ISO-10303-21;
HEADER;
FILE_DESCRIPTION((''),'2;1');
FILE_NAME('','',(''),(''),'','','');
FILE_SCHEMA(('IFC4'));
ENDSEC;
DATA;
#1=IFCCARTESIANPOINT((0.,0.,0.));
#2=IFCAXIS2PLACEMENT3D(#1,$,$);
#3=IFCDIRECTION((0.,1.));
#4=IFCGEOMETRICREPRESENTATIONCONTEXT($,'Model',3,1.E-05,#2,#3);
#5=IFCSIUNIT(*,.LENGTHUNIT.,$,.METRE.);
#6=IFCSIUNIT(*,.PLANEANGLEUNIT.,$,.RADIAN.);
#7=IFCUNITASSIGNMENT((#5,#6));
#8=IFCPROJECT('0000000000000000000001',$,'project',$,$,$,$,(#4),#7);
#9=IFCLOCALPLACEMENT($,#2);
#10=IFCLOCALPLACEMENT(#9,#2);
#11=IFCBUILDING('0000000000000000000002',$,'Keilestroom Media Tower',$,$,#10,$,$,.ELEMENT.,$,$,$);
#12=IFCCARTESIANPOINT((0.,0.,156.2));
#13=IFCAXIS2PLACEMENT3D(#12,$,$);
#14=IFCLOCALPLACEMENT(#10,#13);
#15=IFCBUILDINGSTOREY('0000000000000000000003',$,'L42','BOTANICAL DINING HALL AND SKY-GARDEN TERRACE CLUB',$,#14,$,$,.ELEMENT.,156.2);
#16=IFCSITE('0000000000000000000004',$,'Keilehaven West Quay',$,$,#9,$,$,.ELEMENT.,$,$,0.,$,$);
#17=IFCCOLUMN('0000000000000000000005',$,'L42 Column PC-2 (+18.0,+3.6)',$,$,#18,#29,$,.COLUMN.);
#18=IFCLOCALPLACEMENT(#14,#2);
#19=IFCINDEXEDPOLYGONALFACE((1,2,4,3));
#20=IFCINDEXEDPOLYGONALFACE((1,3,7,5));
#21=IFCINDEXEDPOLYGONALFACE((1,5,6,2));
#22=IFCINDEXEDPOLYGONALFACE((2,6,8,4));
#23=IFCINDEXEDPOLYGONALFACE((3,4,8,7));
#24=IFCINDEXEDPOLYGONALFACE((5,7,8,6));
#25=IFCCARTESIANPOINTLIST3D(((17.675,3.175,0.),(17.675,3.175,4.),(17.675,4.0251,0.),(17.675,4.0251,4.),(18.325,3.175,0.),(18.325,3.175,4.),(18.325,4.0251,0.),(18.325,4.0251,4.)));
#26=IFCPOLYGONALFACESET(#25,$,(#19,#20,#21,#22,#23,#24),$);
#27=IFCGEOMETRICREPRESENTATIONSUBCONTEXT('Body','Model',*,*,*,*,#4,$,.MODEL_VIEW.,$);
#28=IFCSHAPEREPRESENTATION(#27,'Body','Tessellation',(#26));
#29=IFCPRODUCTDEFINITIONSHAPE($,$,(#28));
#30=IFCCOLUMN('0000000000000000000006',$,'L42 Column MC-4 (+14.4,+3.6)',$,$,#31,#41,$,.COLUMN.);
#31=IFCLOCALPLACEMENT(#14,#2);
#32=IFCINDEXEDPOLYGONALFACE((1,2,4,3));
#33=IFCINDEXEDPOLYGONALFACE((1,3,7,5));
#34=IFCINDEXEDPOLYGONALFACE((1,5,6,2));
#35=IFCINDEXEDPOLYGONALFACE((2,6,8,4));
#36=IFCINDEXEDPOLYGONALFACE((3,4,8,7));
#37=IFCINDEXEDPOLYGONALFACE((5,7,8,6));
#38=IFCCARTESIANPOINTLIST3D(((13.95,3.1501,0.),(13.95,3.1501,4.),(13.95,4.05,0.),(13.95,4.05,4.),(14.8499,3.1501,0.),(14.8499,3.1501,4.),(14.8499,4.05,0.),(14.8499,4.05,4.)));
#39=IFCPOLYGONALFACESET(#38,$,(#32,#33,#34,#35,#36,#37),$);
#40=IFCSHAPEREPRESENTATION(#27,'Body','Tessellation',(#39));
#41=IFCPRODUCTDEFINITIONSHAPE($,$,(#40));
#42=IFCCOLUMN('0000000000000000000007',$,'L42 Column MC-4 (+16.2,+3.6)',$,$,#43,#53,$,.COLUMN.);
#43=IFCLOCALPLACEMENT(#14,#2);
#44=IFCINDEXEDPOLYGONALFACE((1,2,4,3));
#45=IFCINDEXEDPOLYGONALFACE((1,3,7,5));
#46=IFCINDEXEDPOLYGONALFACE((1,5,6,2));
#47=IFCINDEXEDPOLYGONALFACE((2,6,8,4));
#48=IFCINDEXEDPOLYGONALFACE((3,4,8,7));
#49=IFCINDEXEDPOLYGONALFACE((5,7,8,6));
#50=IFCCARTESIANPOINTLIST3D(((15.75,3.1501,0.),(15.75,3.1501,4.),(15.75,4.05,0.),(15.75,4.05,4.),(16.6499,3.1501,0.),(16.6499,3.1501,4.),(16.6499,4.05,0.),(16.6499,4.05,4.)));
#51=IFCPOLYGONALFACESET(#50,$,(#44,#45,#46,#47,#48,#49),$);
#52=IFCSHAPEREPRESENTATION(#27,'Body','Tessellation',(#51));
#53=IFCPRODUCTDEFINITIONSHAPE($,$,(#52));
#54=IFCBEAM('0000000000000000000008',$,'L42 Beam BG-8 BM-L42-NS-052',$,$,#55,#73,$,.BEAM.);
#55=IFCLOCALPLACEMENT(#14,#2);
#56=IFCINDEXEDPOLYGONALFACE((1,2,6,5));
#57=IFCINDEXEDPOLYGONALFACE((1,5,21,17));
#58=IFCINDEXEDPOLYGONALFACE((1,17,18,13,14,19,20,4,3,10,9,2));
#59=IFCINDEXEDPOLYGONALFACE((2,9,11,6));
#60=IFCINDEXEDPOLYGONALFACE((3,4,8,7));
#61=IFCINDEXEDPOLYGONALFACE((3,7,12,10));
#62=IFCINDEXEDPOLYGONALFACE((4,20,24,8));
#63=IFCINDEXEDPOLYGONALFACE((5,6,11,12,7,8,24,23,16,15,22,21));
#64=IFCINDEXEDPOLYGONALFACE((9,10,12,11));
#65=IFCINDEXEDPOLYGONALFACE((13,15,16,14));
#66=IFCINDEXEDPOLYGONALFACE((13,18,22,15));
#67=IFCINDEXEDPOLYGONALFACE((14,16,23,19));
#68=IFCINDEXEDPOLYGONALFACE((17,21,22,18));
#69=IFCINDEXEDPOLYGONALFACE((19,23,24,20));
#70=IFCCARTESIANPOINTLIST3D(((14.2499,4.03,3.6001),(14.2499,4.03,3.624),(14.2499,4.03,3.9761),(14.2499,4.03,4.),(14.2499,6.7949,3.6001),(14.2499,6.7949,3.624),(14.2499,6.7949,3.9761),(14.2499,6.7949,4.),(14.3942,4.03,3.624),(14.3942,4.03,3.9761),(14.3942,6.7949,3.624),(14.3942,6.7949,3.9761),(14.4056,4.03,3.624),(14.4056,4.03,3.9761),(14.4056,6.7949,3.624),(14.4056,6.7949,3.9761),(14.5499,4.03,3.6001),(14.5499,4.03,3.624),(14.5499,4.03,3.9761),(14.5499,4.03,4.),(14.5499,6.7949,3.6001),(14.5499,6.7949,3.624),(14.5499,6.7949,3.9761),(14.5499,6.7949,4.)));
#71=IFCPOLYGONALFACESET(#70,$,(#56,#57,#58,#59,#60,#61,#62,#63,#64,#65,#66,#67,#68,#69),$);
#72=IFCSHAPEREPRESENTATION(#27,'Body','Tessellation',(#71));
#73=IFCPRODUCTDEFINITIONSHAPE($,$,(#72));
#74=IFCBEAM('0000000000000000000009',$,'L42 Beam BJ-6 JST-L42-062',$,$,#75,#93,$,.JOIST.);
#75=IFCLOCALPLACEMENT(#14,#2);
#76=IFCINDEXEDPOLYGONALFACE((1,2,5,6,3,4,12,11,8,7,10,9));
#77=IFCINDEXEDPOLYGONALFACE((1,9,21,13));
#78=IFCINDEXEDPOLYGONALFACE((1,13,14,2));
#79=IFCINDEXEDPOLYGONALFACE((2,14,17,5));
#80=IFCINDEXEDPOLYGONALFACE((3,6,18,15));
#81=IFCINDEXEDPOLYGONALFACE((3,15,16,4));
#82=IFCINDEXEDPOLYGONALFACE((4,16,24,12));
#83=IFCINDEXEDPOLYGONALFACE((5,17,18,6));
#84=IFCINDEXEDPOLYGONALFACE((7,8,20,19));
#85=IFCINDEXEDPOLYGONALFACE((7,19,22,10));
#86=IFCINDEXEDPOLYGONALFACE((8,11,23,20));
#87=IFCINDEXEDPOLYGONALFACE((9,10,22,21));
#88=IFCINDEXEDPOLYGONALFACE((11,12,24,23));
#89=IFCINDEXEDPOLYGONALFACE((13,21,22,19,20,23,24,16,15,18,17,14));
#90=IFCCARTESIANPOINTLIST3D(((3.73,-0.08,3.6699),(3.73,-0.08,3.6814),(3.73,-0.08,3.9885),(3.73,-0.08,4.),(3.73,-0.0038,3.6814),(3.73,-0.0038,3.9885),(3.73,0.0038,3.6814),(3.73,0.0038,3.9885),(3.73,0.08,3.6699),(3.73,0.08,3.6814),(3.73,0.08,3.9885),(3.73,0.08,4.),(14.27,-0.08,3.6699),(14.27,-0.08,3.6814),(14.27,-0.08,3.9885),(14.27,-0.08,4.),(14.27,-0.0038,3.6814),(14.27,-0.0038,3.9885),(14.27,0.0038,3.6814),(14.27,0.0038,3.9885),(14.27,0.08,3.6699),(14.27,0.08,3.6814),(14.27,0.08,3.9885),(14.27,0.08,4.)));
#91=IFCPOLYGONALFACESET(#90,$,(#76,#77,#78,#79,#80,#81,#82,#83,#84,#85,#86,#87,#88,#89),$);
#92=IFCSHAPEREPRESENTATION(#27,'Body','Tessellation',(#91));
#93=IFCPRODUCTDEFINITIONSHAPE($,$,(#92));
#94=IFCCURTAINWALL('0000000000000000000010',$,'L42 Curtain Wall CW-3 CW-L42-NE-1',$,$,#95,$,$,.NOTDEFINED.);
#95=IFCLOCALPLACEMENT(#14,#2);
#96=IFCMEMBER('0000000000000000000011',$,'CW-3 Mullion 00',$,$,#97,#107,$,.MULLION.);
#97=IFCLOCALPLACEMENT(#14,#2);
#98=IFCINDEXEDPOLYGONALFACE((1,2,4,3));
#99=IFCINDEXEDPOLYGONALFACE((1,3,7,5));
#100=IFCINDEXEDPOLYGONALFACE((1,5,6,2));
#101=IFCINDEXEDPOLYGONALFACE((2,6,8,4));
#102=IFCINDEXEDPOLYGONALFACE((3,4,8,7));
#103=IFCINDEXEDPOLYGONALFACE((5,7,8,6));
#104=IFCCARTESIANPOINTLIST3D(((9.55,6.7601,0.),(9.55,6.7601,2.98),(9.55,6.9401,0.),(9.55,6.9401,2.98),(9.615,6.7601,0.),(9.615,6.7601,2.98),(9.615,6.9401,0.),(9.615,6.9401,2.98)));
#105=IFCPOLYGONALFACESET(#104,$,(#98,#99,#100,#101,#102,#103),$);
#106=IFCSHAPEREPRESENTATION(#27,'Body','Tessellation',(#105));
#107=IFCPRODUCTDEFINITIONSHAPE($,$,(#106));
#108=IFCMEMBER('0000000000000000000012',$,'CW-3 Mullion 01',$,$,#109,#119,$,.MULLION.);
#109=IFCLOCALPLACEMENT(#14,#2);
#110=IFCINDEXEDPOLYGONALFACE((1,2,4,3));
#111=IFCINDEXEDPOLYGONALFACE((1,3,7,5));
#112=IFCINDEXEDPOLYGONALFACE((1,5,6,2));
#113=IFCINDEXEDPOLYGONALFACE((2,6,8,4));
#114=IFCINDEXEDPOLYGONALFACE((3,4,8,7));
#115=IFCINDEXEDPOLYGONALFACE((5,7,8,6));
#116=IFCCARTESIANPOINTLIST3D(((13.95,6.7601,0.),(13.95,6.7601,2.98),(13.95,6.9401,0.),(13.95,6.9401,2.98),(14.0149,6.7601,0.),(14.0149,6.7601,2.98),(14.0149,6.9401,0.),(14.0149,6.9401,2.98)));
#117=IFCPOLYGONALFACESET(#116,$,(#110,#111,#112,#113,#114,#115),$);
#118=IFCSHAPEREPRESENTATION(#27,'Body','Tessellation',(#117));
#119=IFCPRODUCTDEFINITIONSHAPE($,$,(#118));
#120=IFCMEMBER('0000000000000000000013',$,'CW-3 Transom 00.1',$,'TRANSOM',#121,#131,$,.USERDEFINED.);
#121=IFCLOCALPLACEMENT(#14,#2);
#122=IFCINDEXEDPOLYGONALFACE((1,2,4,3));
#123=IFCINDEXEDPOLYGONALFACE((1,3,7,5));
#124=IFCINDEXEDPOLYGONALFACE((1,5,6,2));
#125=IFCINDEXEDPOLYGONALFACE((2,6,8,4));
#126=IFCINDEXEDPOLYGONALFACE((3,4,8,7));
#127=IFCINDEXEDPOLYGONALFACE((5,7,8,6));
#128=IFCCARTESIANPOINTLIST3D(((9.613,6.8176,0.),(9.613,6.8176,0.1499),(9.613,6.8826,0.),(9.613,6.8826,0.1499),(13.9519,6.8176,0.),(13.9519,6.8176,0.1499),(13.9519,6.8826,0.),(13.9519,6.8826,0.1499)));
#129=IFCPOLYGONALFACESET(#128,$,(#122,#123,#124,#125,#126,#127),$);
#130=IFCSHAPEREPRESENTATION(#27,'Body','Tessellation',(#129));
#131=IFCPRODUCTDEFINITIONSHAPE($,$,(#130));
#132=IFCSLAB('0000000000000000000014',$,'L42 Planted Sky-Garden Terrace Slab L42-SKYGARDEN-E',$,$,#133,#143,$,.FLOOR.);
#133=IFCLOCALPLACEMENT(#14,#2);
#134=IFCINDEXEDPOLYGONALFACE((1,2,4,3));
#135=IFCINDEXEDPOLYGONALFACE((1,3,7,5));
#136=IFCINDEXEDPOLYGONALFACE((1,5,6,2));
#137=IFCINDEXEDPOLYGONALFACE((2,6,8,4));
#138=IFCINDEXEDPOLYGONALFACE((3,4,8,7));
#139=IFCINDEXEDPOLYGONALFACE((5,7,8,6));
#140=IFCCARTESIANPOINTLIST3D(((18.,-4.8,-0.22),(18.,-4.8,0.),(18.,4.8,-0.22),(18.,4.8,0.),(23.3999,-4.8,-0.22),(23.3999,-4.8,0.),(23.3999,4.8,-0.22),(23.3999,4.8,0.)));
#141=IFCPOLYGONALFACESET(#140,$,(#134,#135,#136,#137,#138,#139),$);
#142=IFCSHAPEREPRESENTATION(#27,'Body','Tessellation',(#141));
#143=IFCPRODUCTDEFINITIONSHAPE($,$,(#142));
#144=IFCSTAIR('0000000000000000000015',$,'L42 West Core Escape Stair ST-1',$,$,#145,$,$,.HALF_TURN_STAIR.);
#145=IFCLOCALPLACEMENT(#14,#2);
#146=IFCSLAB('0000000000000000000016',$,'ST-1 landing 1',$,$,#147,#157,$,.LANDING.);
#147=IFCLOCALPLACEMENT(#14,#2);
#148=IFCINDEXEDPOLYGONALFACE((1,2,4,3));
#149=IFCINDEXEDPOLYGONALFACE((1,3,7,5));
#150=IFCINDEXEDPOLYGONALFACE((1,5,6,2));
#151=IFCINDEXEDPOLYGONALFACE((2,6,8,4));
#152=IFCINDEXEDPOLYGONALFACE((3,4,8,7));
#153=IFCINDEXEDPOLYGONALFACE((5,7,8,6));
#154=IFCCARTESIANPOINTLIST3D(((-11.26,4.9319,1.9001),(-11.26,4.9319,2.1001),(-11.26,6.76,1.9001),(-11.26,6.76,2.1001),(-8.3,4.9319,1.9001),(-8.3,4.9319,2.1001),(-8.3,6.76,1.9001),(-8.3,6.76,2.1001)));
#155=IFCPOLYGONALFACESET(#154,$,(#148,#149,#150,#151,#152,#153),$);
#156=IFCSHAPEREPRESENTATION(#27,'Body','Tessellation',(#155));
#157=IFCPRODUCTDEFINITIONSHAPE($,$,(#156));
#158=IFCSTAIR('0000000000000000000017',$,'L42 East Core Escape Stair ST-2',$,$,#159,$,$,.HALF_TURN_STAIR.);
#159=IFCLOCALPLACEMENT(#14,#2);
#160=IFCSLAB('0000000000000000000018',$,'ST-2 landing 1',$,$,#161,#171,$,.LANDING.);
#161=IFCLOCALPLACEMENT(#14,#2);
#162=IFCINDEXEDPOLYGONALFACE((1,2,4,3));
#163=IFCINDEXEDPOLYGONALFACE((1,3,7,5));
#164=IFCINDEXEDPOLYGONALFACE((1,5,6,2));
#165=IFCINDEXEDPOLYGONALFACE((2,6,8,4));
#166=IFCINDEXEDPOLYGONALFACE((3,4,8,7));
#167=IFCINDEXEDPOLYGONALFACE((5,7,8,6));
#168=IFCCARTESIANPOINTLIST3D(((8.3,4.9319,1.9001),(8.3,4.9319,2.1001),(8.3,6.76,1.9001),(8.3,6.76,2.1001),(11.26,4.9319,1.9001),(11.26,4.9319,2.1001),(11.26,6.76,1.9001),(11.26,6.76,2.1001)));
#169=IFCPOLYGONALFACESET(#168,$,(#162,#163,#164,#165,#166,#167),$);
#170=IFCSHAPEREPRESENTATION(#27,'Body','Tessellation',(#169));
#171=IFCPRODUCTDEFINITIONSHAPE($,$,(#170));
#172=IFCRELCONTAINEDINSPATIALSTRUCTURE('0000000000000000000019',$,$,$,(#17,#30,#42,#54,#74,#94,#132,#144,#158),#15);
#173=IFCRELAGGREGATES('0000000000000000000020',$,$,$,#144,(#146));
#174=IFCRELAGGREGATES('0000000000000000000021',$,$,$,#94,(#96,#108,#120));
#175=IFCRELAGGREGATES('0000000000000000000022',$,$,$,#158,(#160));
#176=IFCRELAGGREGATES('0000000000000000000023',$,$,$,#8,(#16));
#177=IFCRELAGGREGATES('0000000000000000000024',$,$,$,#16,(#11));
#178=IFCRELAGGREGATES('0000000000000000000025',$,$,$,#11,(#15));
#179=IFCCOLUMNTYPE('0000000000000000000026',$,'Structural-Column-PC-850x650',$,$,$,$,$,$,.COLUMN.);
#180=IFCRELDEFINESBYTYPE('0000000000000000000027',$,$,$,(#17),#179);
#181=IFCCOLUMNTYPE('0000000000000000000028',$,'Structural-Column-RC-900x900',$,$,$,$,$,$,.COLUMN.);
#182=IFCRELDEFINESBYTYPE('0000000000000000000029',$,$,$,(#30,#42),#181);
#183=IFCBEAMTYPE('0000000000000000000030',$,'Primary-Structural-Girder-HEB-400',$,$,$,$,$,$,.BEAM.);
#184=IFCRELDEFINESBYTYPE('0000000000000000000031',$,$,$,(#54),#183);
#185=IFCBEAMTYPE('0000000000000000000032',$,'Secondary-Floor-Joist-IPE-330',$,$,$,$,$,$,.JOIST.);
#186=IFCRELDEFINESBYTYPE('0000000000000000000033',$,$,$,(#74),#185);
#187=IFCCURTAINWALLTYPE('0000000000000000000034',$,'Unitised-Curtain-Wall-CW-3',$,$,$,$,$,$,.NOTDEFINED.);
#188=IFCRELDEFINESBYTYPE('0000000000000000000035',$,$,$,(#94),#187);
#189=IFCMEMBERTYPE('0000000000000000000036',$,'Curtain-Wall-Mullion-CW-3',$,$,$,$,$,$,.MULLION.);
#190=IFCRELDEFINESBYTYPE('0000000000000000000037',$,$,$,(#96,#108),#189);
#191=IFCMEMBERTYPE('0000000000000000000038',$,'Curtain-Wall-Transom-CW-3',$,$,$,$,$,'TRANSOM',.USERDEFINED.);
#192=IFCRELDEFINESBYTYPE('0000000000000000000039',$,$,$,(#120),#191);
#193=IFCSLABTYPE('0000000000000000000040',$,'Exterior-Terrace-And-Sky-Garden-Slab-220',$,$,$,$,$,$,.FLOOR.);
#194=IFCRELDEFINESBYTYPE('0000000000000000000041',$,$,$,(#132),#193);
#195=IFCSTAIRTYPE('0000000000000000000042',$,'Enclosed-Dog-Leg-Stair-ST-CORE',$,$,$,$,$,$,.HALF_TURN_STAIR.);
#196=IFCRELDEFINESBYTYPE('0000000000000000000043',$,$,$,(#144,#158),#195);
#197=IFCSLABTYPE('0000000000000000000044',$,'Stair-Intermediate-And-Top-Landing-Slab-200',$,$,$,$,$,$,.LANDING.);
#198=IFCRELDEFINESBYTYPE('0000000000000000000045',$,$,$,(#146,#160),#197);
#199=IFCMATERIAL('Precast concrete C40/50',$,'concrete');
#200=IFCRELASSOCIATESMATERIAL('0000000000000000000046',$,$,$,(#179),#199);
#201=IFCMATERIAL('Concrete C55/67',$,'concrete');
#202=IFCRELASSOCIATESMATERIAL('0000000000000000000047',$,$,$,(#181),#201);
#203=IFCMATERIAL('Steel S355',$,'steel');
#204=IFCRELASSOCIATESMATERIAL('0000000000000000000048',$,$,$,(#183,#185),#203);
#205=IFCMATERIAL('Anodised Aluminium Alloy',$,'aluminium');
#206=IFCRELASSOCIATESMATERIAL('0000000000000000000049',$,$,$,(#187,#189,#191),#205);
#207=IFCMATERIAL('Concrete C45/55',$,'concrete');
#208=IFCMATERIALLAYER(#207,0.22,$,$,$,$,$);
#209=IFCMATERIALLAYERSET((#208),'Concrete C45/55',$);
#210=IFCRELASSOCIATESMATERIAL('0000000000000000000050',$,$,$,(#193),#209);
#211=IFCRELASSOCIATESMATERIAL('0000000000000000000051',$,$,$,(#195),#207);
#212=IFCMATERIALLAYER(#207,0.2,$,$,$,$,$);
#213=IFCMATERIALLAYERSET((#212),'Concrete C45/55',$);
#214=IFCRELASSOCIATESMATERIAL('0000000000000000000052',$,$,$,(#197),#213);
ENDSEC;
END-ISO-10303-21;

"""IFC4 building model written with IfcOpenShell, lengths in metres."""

from ifc_helpers import new_model, si_unit, direction, frame, origin, origin_2d, place, context, subcontext, project, spatial, polyline, rectangle, i_section, outline, extrude, source, transform, mapped, material, layer, layer_set, material_profile, profile_set, type_object, element, aggregate, save


model = new_model("IFC4")

# Units and contexts
model_context = context("Model", 3, precision=1e-05, world=origin(), true_north=direction((0.0, 1.0)))
body_context = subcontext(model_context, "Body", "Model", "MODEL_VIEW")
ifc_project = project(units=[si_unit("LENGTHUNIT", "METRE"), si_unit("PLANEANGLEUNIT", "RADIAN")], contexts=[model_context])

# Site, building, storey
site_placement = place(None, origin())
site = spatial("IfcSite", under=ifc_project, at=site_placement, Name="Keilehaven West Quay", CompositionType="ELEMENT", RefElevation=0.0)
building_placement = place(site_placement, origin())
building = spatial("IfcBuilding", under=site, at=building_placement, Name="Keilestroom Media Tower", CompositionType="ELEMENT")
storey_placement = place(building_placement, frame((0.0, 0.0, 156.2)))
storey = spatial("IfcBuildingStorey", under=building, at=storey_placement, Name="L42", Description="BOTANICAL DINING HALL AND SKY-GARDEN TERRACE CLUB", CompositionType="ELEMENT", Elevation=156.2)

# Columns
ifc_material_1 = material(Name="Precast concrete C40/50", Category="concrete")
ifc_material_profile_1 = material_profile(ifc_material_1, rectangle(XDim=0.6499, YDim=0.8501, at=origin_2d()), Name="PC 850x650")
ifc_profile_set_1 = profile_set([ifc_material_profile_1], Name="Precast concrete C40/50")
column_type_1 = type_object("IfcColumnType", Name="Structural-Column-PC-850x650", PredefinedType="COLUMN", material=ifc_profile_set_1)
shared_shape_1 = source(origin(), body_context, "Body", "SweptSolid", [
    extrude(rectangle(XDim=0.6499, YDim=0.8501, at=origin_2d()), origin(), (0.0, 0.0, 1.0), 4.0),
])
column_placement = place(storey_placement, frame((18.0, 3.6001, 0.0), z_axis=(0.0, 0.0, 1.0), x_axis=(1.0, 0.0, 0.0)))
element("IfcColumn", 1, at=column_placement, inside=storey, type_object=column_type_1, Name="L42 Column PC-2 (+18.0,+3.6)", PredefinedType="COLUMN", context=body_context, shape_type="MappedRepresentation", body=[
    mapped(shared_shape_1, transform((0.0, 0.0, 0.0), x_axis=(1.0, 0.0, 0.0), y_axis=(0.0, 1.0, 0.0), z_axis=(0.0, 0.0, 1.0), scale=1.0)),
])
ifc_material_2 = material(Name="Concrete C55/67", Category="concrete")
ifc_material_profile_2 = material_profile(ifc_material_2, rectangle(XDim=0.8999, YDim=0.8999, at=origin_2d()), Name="RC 900x900")
ifc_profile_set_2 = profile_set([ifc_material_profile_2], Name="Concrete C55/67")
column_type_2 = type_object("IfcColumnType", Name="Structural-Column-RC-900x900", PredefinedType="COLUMN", material=ifc_profile_set_2)
shared_shape_2 = source(origin(), body_context, "Body", "SweptSolid", [
    extrude(rectangle(XDim=0.8999, YDim=0.8999, at=origin_2d()), origin(), (0.0, 0.0, 1.0), 4.0),
])
for number, where, z_axis, x_axis, name in (
    (2, (14.3999, 3.6001, 0.0), (0.0, 0.0, 1.0), (1.0, 0.0, 0.0), "L42 Column MC-4 (+14.4,+3.6)"),
    (3, (16.2, 3.6001, 0.0), (0.0, 0.0, 1.0), (1.0, 0.0, 0.0), "L42 Column MC-4 (+16.2,+3.6)"),
):
    element("IfcColumn", number, at=place(storey_placement, frame(where, z_axis=z_axis, x_axis=x_axis)), inside=storey, type_object=column_type_2, Name=name, PredefinedType="COLUMN", context=body_context, shape_type="MappedRepresentation", body=[
        mapped(shared_shape_2, transform((0.0, 0.0, 0.0), x_axis=(1.0, 0.0, 0.0), y_axis=(0.0, 1.0, 0.0), z_axis=(0.0, 0.0, 1.0), scale=1.0)),
    ])

# Beams
ifc_material_3 = material(Name="Steel S355", Category="steel")
ifc_material_profile_3 = material_profile(ifc_material_3, i_section(OverallWidth=0.3, OverallDepth=0.3999, WebThickness=0.0115, FlangeThickness=0.0239, at=origin_2d()), Name="HEB 400")
ifc_profile_set_3 = profile_set([ifc_material_profile_3], Name="Steel S355")
beam_type_1 = type_object("IfcBeamType", Name="Primary-Structural-Girder-HEB-400", PredefinedType="BEAM", material=ifc_profile_set_3)
shared_shape_3 = source(origin(), body_context, "Body", "SweptSolid", [
    extrude(i_section(OverallWidth=0.3, OverallDepth=0.3999, WebThickness=0.0115, FlangeThickness=0.0239, at=origin_2d()), origin(), (0.0, 0.0, 1.0), 2.7649),
])
beam_1_placement = place(storey_placement, frame((14.3999, 4.03, 3.8), z_axis=(0.0, 1.0, 0.0), x_axis=(-1.0, 0.0, 0.0)))
element("IfcBeam", 4, at=beam_1_placement, inside=storey, type_object=beam_type_1, Name="L42 Beam BG-8 BM-L42-NS-052", PredefinedType="BEAM", context=body_context, shape_type="MappedRepresentation", body=[
    mapped(shared_shape_3, transform((0.0, 0.0, 0.0), x_axis=(1.0, 0.0, 0.0), y_axis=(0.0, 1.0, 0.0), z_axis=(0.0, 0.0, 1.0), scale=1.0)),
])
ifc_material_profile_4 = material_profile(ifc_material_3, i_section(OverallWidth=0.1599, OverallDepth=0.3301, WebThickness=0.0076, FlangeThickness=0.0115, at=origin_2d()), Name="IPE 330")
ifc_profile_set_4 = profile_set([ifc_material_profile_4], Name="Steel S355")
beam_type_2 = type_object("IfcBeamType", Name="Secondary-Floor-Joist-IPE-330", PredefinedType="JOIST", material=ifc_profile_set_4)
shared_shape_4 = source(origin(), body_context, "Body", "SweptSolid", [
    extrude(i_section(OverallWidth=0.1599, OverallDepth=0.3301, WebThickness=0.0076, FlangeThickness=0.0115, at=origin_2d()), origin(), (0.0, 0.0, 1.0), 10.54),
])
beam_2_placement = place(storey_placement, frame((3.73, 0.0, 3.835), z_axis=(1.0, 0.0, 0.0), x_axis=(0.0, 1.0, 0.0)))
element("IfcBeam", 5, at=beam_2_placement, inside=storey, type_object=beam_type_2, Name="L42 Beam BJ-6 JST-L42-062", PredefinedType="JOIST", context=body_context, shape_type="MappedRepresentation", body=[
    mapped(shared_shape_4, transform((0.0, 0.0, 0.0), x_axis=(1.0, 0.0, 0.0), y_axis=(0.0, 1.0, 0.0), z_axis=(0.0, 0.0, 1.0), scale=1.0)),
])

# Curtain wall, members
ifc_material_4 = material(Name="Anodised Aluminium Alloy", Category="aluminium")
curtain_wall_type = type_object("IfcCurtainWallType", Name="Unitised-Curtain-Wall-CW-3", PredefinedType="NOTDEFINED", material=ifc_material_4)
curtain_wall_placement = place(storey_placement, origin())
curtain_wall = element("IfcCurtainWall", 6, at=curtain_wall_placement, inside=storey, type_object=curtain_wall_type, Name="L42 Curtain Wall CW-3 CW-L42-NE-1", PredefinedType="NOTDEFINED")
ifc_material_profile_5 = material_profile(ifc_material_4, rectangle(XDim=0.0649, YDim=0.1799, at=origin_2d()), Name="ALU MULLION 65x180")
ifc_profile_set_5 = profile_set([ifc_material_profile_5], Name="Anodised Aluminium Alloy")
member_type_1 = type_object("IfcMemberType", Name="Curtain-Wall-Mullion-CW-3", PredefinedType="MULLION", material=ifc_profile_set_5)
shared_shape_5 = source(origin(), body_context, "Body", "SweptSolid", [
    extrude(rectangle(XDim=0.0649, YDim=0.1799, at=origin_2d()), origin(), (0.0, 0.0, 1.0), 2.98),
])
member_1_placement = place(storey_placement, frame((9.5825, 6.8501, 0.0), z_axis=(0.0, 0.0, 1.0), x_axis=(1.0, 0.0, 0.0)))
member_1 = element("IfcMember", 7, at=member_1_placement, type_object=member_type_1, Name="CW-3 Mullion 00", PredefinedType="MULLION", context=body_context, shape_type="MappedRepresentation", body=[
    mapped(shared_shape_5, transform((0.0, 0.0, 0.0), x_axis=(1.0, 0.0, 0.0), y_axis=(0.0, 1.0, 0.0), z_axis=(0.0, 0.0, 1.0), scale=1.0)),
])
member_2_placement = place(storey_placement, frame((13.9824, 6.8501, 0.0), z_axis=(0.0, 0.0, 1.0), x_axis=(1.0, 0.0, 0.0)))
member_2 = element("IfcMember", 8, at=member_2_placement, type_object=member_type_1, Name="CW-3 Mullion 01", PredefinedType="MULLION", context=body_context, shape_type="MappedRepresentation", body=[
    mapped(shared_shape_5, transform((0.0, 0.0, 0.0), x_axis=(1.0, 0.0, 0.0), y_axis=(0.0, 1.0, 0.0), z_axis=(0.0, 0.0, 1.0), scale=1.0)),
])
ifc_material_profile_6 = material_profile(ifc_material_4, rectangle(XDim=0.0649, YDim=0.1499, at=origin_2d()), Name="ALU TRANSOM 65x150")
ifc_profile_set_6 = profile_set([ifc_material_profile_6], Name="Anodised Aluminium Alloy")
member_type_2 = type_object("IfcMemberType", Name="Curtain-Wall-Transom-CW-3", ElementType="TRANSOM", PredefinedType="USERDEFINED", material=ifc_profile_set_6)
shared_shape_6 = source(origin(), body_context, "Body", "SweptSolid", [
    extrude(rectangle(XDim=0.0649, YDim=0.1499, at=origin_2d()), origin(), (0.0, 0.0, 1.0), 4.3389),
])
member_3_placement = place(storey_placement, frame((9.613, 6.8501, 0.075), z_axis=(1.0, 0.0, 0.0), x_axis=(0.0, 1.0, 0.0)))
member_3 = element("IfcMember", 9, at=member_3_placement, type_object=member_type_2, Name="CW-3 Transom 00.1", ObjectType="TRANSOM", PredefinedType="USERDEFINED", context=body_context, shape_type="MappedRepresentation", body=[
    mapped(shared_shape_6, transform((0.0, 0.0, 0.0), x_axis=(1.0, 0.0, 0.0), y_axis=(0.0, 1.0, 0.0), z_axis=(0.0, 0.0, 1.0), scale=1.0)),
])

# Slab
ifc_material_5 = material(Name="Concrete C45/55", Category="concrete")
ifc_layer_1 = layer(ifc_material_5, 0.22)
ifc_layer_set_1 = layer_set([ifc_layer_1], Name="Concrete C45/55")
slab_type_1 = type_object("IfcSlabType", Name="Exterior-Terrace-And-Sky-Garden-Slab-220", PredefinedType="FLOOR", material=ifc_layer_set_1)
slab_1_placement = place(storey_placement, frame((0.0, 0.0, -0.22)))
element("IfcSlab", 10, at=slab_1_placement, inside=storey, type_object=slab_type_1, Name="L42 Planted Sky-Garden Terrace Slab L42-SKYGARDEN-E", PredefinedType="FLOOR", context=body_context, shape_type="SweptSolid", body=[
    extrude(outline(polyline([(18.0, -4.8), (23.3999, -4.8), (23.3999, 4.8), (18.0, 4.8), (18.0, -4.8)])), origin(), (0.0, 0.0, 1.0), 0.22),
])

# Stairs, slabs
stair_type = type_object("IfcStairType", Name="Enclosed-Dog-Leg-Stair-ST-CORE", PredefinedType="HALF_TURN_STAIR", material=ifc_material_5)
stair_1_placement = place(storey_placement, origin())
stair_1 = element("IfcStair", 11, at=stair_1_placement, inside=storey, type_object=stair_type, Name="L42 West Core Escape Stair ST-1", PredefinedType="HALF_TURN_STAIR")
ifc_layer_2 = layer(ifc_material_5, 0.2)
ifc_layer_set_2 = layer_set([ifc_layer_2], Name="Concrete C45/55")
slab_type_2 = type_object("IfcSlabType", Name="Stair-Intermediate-And-Top-Landing-Slab-200", PredefinedType="LANDING", material=ifc_layer_set_2)
slab_2_placement = place(storey_placement, frame((0.0, 0.0, 1.9001)))
slab_2 = element("IfcSlab", 12, at=slab_2_placement, type_object=slab_type_2, Name="ST-1 landing 1", PredefinedType="LANDING", context=body_context, shape_type="SweptSolid", body=[
    extrude(outline(polyline([(-8.3, 4.9319), (-8.3, 6.76), (-11.26, 6.76), (-11.26, 4.9319), (-8.3, 4.9319)])), origin(), (0.0, 0.0, 1.0), 0.2),
])
aggregate(stair_1, [slab_2])
stair_2_placement = place(storey_placement, origin())
stair_2 = element("IfcStair", 13, at=stair_2_placement, inside=storey, type_object=stair_type, Name="L42 East Core Escape Stair ST-2", PredefinedType="HALF_TURN_STAIR")
slab_3_placement = place(storey_placement, frame((0.0, 0.0, 1.9001)))
slab_3 = element("IfcSlab", 14, at=slab_3_placement, type_object=slab_type_2, Name="ST-2 landing 1", PredefinedType="LANDING", context=body_context, shape_type="SweptSolid", body=[
    extrude(outline(polyline([(11.26, 4.9319), (11.26, 6.76), (8.3, 6.76), (8.3, 4.9319), (11.26, 4.9319)])), origin(), (0.0, 0.0, 1.0), 0.2),
])

aggregate(curtain_wall, [member_1, member_2, member_3])

aggregate(stair_2, [slab_3])

save(model, "model.ifc")
